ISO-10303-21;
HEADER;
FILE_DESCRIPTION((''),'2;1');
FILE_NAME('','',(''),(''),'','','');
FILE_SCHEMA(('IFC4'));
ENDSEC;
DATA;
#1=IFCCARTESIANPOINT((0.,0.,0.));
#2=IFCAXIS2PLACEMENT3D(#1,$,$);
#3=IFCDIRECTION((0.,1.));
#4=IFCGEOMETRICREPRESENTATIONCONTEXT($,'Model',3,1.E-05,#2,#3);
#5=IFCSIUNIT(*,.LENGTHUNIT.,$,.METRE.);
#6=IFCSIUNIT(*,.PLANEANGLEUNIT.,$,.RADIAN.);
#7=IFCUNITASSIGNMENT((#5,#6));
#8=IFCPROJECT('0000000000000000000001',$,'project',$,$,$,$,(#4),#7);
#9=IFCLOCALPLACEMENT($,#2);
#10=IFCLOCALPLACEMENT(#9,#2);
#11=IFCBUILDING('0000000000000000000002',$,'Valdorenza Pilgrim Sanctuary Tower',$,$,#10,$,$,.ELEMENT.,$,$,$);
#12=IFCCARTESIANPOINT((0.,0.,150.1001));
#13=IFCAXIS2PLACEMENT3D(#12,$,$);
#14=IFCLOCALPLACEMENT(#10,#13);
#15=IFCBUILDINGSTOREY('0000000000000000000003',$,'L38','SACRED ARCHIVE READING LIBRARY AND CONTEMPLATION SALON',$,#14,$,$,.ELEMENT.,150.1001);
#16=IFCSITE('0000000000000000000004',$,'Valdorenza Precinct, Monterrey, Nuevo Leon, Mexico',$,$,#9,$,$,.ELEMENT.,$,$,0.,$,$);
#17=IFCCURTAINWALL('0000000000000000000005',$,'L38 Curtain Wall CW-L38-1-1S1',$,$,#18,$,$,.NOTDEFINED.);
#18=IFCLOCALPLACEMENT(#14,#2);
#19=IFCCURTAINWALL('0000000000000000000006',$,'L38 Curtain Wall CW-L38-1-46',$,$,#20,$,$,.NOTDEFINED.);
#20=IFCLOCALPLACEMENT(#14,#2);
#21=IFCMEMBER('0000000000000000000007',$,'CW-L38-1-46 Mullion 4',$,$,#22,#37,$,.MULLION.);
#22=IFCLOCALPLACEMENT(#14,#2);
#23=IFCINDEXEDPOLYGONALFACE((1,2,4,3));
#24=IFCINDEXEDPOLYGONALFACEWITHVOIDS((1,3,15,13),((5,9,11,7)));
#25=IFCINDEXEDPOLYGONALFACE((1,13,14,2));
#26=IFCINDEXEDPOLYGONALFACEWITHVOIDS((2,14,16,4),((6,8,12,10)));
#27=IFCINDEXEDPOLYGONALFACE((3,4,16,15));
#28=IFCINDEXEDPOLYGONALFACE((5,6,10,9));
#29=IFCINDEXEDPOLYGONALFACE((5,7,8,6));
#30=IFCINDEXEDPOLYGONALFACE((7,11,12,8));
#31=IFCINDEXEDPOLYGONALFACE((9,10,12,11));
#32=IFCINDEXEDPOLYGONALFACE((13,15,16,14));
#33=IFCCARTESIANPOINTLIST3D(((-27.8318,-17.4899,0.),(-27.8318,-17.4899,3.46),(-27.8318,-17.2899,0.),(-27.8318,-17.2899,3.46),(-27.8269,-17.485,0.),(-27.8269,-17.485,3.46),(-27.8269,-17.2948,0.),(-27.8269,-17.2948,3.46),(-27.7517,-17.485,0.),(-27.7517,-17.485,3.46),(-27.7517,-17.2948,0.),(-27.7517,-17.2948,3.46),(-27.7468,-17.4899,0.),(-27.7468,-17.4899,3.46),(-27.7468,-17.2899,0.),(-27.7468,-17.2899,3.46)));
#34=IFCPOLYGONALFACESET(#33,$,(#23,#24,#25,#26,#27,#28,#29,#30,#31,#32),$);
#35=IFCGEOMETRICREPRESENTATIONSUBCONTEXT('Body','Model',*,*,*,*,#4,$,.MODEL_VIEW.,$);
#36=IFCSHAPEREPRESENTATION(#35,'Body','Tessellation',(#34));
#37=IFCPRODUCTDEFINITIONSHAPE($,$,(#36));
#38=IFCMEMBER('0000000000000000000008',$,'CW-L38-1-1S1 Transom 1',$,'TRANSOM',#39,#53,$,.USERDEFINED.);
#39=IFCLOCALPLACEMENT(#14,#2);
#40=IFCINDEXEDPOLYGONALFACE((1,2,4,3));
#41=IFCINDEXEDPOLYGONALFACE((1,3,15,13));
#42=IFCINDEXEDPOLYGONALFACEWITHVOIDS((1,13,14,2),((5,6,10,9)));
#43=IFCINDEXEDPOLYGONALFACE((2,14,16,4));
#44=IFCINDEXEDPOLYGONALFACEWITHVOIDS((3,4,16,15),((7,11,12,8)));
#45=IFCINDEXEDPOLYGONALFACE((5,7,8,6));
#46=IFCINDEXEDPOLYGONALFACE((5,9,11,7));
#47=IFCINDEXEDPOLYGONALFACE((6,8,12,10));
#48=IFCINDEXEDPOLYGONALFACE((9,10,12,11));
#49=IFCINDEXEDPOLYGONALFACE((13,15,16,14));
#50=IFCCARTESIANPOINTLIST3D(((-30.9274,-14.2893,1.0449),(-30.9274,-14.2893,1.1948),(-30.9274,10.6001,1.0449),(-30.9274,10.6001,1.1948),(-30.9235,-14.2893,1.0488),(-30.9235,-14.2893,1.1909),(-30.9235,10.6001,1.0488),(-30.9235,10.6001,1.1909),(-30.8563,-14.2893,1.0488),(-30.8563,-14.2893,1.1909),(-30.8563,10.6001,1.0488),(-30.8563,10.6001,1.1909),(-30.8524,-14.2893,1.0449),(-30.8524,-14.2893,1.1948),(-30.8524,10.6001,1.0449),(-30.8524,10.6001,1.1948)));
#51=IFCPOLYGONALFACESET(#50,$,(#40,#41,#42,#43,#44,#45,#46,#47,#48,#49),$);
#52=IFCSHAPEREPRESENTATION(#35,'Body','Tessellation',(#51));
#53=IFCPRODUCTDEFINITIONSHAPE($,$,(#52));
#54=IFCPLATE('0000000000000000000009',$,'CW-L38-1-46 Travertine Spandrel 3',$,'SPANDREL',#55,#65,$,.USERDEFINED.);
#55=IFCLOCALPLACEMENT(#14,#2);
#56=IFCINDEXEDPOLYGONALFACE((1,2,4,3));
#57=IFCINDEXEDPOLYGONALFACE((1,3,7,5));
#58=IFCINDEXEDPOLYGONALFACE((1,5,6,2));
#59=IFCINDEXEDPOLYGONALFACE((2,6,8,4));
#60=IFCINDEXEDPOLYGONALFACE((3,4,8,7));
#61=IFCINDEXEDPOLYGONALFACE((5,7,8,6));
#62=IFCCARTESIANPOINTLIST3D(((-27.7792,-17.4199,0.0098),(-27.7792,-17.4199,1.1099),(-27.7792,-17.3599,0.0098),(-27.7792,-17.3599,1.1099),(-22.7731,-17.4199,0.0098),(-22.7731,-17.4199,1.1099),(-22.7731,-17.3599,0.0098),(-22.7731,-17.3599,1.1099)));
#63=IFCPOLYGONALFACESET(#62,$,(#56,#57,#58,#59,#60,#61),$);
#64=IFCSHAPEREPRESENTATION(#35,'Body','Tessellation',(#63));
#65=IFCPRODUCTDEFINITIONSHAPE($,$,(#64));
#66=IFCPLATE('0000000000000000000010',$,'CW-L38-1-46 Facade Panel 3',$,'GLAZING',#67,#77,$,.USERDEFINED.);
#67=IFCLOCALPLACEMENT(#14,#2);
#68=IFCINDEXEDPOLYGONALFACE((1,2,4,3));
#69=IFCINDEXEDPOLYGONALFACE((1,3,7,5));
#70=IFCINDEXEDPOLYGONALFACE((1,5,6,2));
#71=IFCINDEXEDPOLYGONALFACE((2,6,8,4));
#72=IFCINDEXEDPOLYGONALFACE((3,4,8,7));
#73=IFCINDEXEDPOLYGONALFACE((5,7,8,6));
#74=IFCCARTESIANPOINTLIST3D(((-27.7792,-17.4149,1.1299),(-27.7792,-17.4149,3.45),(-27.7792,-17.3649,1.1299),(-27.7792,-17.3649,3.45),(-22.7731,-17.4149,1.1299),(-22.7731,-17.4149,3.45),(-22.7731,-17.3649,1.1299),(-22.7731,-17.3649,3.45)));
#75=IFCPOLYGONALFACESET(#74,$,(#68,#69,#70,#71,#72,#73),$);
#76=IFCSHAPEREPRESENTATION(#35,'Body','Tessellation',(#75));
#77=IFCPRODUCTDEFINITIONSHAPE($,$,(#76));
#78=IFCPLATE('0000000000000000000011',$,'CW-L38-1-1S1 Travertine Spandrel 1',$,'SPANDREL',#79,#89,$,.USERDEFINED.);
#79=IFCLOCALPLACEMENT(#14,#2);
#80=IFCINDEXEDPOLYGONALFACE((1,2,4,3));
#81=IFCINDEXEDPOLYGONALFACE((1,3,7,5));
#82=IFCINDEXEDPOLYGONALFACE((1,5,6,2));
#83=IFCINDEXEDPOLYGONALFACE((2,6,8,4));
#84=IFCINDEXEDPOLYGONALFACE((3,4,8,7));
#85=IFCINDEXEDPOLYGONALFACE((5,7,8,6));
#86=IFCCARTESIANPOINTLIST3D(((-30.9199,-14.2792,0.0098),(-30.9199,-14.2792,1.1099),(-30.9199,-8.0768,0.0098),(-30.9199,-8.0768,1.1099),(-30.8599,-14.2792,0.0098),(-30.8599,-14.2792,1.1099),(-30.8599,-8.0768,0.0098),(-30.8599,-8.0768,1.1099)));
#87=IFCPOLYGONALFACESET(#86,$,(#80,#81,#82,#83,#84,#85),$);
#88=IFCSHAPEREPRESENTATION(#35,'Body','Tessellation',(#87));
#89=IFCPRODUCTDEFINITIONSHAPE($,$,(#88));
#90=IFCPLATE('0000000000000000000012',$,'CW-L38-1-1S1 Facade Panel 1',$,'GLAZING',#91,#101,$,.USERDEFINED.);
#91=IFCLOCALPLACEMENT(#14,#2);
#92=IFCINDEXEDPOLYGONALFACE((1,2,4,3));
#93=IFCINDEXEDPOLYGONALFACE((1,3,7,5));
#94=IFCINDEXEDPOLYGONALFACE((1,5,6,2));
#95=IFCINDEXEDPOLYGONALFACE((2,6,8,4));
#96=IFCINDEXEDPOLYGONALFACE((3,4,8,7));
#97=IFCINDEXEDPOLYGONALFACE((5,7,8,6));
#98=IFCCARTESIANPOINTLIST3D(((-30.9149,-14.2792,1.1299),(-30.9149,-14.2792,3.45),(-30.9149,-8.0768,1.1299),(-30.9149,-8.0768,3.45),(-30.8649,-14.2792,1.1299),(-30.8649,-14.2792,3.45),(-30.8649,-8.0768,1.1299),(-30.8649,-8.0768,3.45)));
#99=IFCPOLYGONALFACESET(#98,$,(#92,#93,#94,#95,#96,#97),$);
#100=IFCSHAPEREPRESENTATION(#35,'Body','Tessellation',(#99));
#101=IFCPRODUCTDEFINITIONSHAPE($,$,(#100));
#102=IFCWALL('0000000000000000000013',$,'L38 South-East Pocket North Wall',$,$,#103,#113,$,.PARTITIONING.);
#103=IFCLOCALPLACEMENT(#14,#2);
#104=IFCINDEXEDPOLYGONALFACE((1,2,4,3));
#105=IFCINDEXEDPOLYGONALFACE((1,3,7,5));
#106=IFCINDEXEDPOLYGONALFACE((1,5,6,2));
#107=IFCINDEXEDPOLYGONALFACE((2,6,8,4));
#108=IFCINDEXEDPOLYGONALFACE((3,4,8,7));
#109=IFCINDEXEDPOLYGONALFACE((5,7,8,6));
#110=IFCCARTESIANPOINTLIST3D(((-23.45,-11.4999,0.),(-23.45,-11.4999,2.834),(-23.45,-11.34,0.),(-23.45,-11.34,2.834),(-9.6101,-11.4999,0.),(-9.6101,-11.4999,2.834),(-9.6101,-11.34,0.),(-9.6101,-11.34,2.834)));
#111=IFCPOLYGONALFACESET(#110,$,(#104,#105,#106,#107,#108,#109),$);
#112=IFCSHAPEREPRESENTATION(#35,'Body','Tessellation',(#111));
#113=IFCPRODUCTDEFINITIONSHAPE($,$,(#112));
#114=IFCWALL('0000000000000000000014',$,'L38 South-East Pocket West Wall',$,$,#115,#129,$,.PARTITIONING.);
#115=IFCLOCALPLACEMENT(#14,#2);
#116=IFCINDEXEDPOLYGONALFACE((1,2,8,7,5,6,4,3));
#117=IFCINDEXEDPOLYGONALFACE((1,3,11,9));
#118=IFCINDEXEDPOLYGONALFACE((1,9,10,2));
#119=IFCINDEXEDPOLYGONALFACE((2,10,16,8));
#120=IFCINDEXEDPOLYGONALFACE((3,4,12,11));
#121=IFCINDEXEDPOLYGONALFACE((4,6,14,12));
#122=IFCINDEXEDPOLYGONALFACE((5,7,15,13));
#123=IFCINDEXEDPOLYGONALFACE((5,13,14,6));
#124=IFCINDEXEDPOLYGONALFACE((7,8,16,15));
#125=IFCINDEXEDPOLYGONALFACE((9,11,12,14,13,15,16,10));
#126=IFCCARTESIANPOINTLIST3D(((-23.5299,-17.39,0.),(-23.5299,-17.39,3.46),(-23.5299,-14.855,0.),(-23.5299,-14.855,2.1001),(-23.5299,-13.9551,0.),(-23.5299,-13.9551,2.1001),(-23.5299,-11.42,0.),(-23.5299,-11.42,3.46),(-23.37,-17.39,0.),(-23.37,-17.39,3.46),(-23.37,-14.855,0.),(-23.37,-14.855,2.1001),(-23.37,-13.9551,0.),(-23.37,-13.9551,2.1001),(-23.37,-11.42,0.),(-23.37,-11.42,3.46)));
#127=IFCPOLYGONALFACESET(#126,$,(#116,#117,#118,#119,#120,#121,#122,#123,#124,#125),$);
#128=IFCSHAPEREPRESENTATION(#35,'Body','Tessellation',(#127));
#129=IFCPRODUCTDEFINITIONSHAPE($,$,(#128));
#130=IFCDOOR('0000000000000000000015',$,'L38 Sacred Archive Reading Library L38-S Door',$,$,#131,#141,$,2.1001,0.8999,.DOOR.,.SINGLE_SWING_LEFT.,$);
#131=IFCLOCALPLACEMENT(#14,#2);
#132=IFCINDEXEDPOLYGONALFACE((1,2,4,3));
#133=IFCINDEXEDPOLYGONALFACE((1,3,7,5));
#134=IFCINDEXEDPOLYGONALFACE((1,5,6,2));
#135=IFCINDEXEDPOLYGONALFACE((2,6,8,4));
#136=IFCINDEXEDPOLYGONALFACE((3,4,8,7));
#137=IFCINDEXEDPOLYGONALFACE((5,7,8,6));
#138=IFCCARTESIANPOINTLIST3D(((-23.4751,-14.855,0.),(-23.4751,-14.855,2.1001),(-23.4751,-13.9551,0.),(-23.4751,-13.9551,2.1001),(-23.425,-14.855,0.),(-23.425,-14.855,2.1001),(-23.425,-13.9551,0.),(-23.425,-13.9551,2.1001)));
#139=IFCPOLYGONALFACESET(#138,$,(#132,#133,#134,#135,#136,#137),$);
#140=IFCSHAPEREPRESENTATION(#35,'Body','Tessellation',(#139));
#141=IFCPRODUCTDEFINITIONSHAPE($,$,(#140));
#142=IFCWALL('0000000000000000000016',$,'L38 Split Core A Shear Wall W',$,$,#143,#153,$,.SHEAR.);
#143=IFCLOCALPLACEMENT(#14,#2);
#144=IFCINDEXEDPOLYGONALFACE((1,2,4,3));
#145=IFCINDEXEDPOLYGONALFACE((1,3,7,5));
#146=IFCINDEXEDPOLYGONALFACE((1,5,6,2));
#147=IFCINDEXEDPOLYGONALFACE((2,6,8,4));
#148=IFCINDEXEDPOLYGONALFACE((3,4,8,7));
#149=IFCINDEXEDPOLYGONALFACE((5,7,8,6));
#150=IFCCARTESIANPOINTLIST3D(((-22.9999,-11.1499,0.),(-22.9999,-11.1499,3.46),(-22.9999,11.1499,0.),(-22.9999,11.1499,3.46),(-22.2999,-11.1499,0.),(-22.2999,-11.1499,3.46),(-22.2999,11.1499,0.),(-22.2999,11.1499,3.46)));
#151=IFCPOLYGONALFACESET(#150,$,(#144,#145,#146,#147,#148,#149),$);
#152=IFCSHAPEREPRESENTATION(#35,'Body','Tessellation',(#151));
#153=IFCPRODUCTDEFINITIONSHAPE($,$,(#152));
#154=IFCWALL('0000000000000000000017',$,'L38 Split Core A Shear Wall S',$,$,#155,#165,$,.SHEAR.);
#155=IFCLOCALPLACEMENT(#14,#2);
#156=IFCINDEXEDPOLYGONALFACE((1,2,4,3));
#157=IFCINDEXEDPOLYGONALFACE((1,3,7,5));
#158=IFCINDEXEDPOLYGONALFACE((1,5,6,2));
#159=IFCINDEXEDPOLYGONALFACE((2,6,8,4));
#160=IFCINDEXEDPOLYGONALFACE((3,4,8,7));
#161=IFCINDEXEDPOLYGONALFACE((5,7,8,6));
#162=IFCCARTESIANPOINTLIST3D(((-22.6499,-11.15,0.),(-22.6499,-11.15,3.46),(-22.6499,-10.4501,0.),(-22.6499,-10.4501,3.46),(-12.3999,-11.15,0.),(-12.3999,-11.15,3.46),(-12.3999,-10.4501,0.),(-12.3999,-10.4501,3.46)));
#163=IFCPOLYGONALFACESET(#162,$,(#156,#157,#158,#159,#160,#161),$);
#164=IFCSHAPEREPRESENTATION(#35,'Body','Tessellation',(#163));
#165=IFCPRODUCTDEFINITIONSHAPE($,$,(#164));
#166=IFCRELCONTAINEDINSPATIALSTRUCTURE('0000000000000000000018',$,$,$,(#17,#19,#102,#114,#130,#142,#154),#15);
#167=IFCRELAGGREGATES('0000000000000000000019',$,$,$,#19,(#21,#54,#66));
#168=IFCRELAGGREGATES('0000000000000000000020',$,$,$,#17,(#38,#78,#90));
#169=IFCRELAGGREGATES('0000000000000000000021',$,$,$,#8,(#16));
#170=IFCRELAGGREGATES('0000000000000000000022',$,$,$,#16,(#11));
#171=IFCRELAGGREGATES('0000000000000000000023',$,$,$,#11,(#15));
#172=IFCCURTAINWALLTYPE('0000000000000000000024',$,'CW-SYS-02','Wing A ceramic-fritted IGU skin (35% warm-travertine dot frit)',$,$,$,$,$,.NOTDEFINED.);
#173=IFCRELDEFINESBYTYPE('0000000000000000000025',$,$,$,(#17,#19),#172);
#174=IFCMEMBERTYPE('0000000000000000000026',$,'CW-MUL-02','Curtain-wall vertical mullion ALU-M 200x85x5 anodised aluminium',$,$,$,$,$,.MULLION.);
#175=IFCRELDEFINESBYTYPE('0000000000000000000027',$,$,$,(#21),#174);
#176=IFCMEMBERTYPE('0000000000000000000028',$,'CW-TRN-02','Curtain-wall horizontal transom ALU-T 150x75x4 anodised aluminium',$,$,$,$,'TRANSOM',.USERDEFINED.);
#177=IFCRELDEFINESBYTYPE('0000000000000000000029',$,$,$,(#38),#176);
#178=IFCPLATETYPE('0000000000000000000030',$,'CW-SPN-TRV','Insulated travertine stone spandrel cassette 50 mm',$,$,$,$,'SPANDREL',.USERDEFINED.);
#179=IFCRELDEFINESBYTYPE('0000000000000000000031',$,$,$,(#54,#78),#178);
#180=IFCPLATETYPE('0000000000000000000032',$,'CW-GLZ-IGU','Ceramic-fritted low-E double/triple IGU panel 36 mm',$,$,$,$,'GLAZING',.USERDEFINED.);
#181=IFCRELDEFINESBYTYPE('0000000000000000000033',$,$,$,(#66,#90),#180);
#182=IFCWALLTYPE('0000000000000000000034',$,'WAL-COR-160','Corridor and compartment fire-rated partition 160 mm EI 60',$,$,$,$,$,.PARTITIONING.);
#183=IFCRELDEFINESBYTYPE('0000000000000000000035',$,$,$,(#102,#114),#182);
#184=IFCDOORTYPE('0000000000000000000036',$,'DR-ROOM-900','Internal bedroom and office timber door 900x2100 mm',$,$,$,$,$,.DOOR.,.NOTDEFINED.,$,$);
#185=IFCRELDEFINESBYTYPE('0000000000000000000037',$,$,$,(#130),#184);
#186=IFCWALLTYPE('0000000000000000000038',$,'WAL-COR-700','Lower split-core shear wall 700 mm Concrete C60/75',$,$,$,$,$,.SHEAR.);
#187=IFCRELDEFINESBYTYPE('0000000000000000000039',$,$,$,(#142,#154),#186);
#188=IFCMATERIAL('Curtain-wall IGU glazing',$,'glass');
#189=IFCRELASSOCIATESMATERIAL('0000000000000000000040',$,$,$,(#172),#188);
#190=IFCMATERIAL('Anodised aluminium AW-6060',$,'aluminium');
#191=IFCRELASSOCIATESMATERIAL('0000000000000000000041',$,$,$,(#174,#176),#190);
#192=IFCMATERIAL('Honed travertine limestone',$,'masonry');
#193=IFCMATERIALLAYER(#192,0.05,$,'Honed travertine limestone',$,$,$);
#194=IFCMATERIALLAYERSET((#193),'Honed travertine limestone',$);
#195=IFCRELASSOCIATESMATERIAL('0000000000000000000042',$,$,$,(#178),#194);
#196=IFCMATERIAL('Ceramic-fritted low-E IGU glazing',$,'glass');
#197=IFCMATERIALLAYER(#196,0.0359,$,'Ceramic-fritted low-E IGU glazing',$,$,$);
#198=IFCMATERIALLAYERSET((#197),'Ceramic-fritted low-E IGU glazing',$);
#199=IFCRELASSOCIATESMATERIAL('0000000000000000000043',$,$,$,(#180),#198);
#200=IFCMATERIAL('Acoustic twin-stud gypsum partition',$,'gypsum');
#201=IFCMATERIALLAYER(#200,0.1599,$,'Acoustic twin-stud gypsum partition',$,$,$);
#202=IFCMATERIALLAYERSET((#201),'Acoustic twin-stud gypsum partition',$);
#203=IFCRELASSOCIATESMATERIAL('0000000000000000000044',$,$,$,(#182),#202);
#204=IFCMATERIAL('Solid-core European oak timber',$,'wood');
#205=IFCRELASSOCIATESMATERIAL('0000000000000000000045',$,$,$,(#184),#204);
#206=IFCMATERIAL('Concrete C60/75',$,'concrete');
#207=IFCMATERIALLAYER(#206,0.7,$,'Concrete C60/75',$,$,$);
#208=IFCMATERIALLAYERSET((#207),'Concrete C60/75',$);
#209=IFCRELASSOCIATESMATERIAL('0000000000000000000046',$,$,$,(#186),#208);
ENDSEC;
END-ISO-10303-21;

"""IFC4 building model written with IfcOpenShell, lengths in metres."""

from ifc_helpers import new_model, si_unit, direction, frame, frame_2d, origin, origin_2d, place, context, subcontext, project, spatial, rectangle, hollow_rectangle, extrude, source, transform, mapped, material, layer, layer_set, material_profile, profile_set, type_object, element, fill, aggregate, save


model = new_model("IFC4")

# Units and contexts
model_context = context("Model", 3, precision=1e-05, world=origin(), true_north=direction((0.0, 1.0)))
body_context = subcontext(model_context, "Body", "Model", "MODEL_VIEW")
ifc_project = project(units=[si_unit("LENGTHUNIT", "METRE"), si_unit("PLANEANGLEUNIT", "RADIAN")], contexts=[model_context])

# Site, building, storey
site_placement = place(None, origin())
site = spatial("IfcSite", under=ifc_project, at=site_placement, Name="Valdorenza Precinct, Monterrey, Nuevo Leon, Mexico", CompositionType="ELEMENT", RefElevation=0.0)
building_placement = place(site_placement, origin())
building = spatial("IfcBuilding", under=site, at=building_placement, Name="Valdorenza Pilgrim Sanctuary Tower", CompositionType="ELEMENT")
storey_placement = place(building_placement, frame((0.0, 0.0, 150.1001)))
storey = spatial("IfcBuildingStorey", under=building, at=storey_placement, Name="L38", Description="SACRED ARCHIVE READING LIBRARY AND CONTEMPLATION SALON", CompositionType="ELEMENT", Elevation=150.1001)

# Shared definitions
ifc_material_1 = material(Name="Concrete C60/75", Category="concrete")

# Curtain wall
ifc_material_2 = material(Name="Curtain-wall IGU glazing", Category="glass")
curtain_wall_type = type_object("IfcCurtainWallType", Name="CW-SYS-02", Description="Wing A ceramic-fritted IGU skin (35% warm-travertine dot frit)", PredefinedType="NOTDEFINED", material=ifc_material_2)
curtain_wall_1_placement = place(storey_placement, origin())
curtain_wall_1 = element("IfcCurtainWall", 1, at=curtain_wall_1_placement, inside=storey, type_object=curtain_wall_type, Name="L38 Curtain Wall CW-L38-1-1S1", PredefinedType="NOTDEFINED")
ifc_material_3 = material(Name="Anodised aluminium AW-6060", Category="aluminium")
ifc_material_profile_1 = material_profile(ifc_material_3, hollow_rectangle(XDim=0.085, YDim=0.2, WallThickness=0.0049, at=origin_2d()), Name="ALU-M 200x85x5")
ifc_profile_set_1 = profile_set([ifc_material_profile_1], Name="Anodised aluminium AW-6060")
member_type_1 = type_object("IfcMemberType", Name="CW-MUL-02", Description="Curtain-wall vertical mullion ALU-M 200x85x5 anodised aluminium", PredefinedType="MULLION", material=ifc_profile_set_1)
shared_shape_1 = source(origin(), body_context, "Body", "SweptSolid", [
    extrude(hollow_rectangle(XDim=0.085, YDim=0.2, WallThickness=0.0049, at=origin_2d()), origin(), (0.0, 0.0, 1.0), 3.46),
])

# Curtain wall, member
curtain_wall_2_placement = place(storey_placement, origin())
curtain_wall_2 = element("IfcCurtainWall", 2, at=curtain_wall_2_placement, inside=storey, type_object=curtain_wall_type, Name="L38 Curtain Wall CW-L38-1-46", PredefinedType="NOTDEFINED")
member_1_placement = place(storey_placement, frame((-27.7893, -17.3899, 0.0), z_axis=(0.0, 0.0, 1.0), x_axis=(-1.0, 0.0, 0.0)))
member_1 = element("IfcMember", 3, at=member_1_placement, type_object=member_type_1, Name="CW-L38-1-46 Mullion 4", PredefinedType="MULLION", context=body_context, shape_type="MappedRepresentation", body=[
    mapped(shared_shape_1, transform((0.0, 0.0, 0.0), x_axis=(1.0, 0.0, 0.0), y_axis=(0.0, 1.0, 0.0), z_axis=(0.0, 0.0, 1.0), scale=1.0)),
])

# Member
ifc_material_profile_2 = material_profile(ifc_material_3, hollow_rectangle(XDim=0.075, YDim=0.1499, WallThickness=0.0039, at=origin_2d()), Name="ALU-T 150x75x4")
ifc_profile_set_2 = profile_set([ifc_material_profile_2], Name="Anodised aluminium AW-6060")
member_type_2 = type_object("IfcMemberType", Name="CW-TRN-02", Description="Curtain-wall horizontal transom ALU-T 150x75x4 anodised aluminium", ElementType="TRANSOM", PredefinedType="USERDEFINED", material=ifc_profile_set_2)
shared_shape_2 = source(origin(), body_context, "Body", "SweptSolid", [
    extrude(hollow_rectangle(XDim=0.075, YDim=0.1499, WallThickness=0.0039, at=origin_2d()), origin(), (0.0, 0.0, 1.0), 24.8894),
])
member_2_placement = place(storey_placement, frame((-30.8899, -14.2893, 1.1199), z_axis=(0.0, 1.0, 0.0), x_axis=(-1.0, 0.0, 0.0)))
member_2 = element("IfcMember", 4, at=member_2_placement, type_object=member_type_2, Name="CW-L38-1-1S1 Transom 1", ObjectType="TRANSOM", PredefinedType="USERDEFINED", context=body_context, shape_type="MappedRepresentation", body=[
    mapped(shared_shape_2, transform((0.0, 0.0, 0.0), x_axis=(1.0, 0.0, 0.0), y_axis=(0.0, 1.0, 0.0), z_axis=(0.0, 0.0, 1.0), scale=1.0)),
])

# Plates
ifc_material_4 = material(Name="Honed travertine limestone", Category="masonry")
ifc_layer_1 = layer(ifc_material_4, 0.05, Name="Honed travertine limestone")
ifc_layer_set_1 = layer_set([ifc_layer_1], Name="Honed travertine limestone")
plate_type_1 = type_object("IfcPlateType", Name="CW-SPN-TRV", Description="Insulated travertine stone spandrel cassette 50 mm", ElementType="SPANDREL", PredefinedType="USERDEFINED", material=ifc_layer_set_1)
shared_shape_3 = source(origin(), body_context, "Body", "SweptSolid", [
    extrude(rectangle(XDim=5.0061, YDim=0.0601, at=origin_2d()), origin(), (0.0, 0.0, 1.0), 1.1001),
])
plate_1_placement = place(storey_placement, frame((-25.2761, -17.3899, 0.0098), z_axis=(0.0, 0.0, 1.0), x_axis=(-1.0, 0.0, 0.0)))
plate_1 = element("IfcPlate", 5, at=plate_1_placement, type_object=plate_type_1, Name="CW-L38-1-46 Travertine Spandrel 3", ObjectType="SPANDREL", PredefinedType="USERDEFINED", context=body_context, shape_type="MappedRepresentation", body=[
    mapped(shared_shape_3, transform((0.0, 0.0, 0.0), x_axis=(1.0, 0.0, 0.0), y_axis=(0.0, 1.0, 0.0), z_axis=(0.0, 0.0, 1.0), scale=1.0)),
])
ifc_material_5 = material(Name="Ceramic-fritted low-E IGU glazing", Category="glass")
ifc_layer_2 = layer(ifc_material_5, 0.0359, Name="Ceramic-fritted low-E IGU glazing")
ifc_layer_set_2 = layer_set([ifc_layer_2], Name="Ceramic-fritted low-E IGU glazing")
plate_type_2 = type_object("IfcPlateType", Name="CW-GLZ-IGU", Description="Ceramic-fritted low-E double/triple IGU panel 36 mm", ElementType="GLAZING", PredefinedType="USERDEFINED", material=ifc_layer_set_2)
shared_shape_4 = source(origin(), body_context, "Body", "SweptSolid", [
    extrude(rectangle(XDim=5.0061, YDim=0.05, at=origin_2d()), origin(), (0.0, 0.0, 1.0), 2.3201),
])
plate_2_placement = place(storey_placement, frame((-25.2761, -17.3899, 1.1299), z_axis=(0.0, 0.0, 1.0), x_axis=(-1.0, 0.0, 0.0)))
plate_2 = element("IfcPlate", 6, at=plate_2_placement, type_object=plate_type_2, Name="CW-L38-1-46 Facade Panel 3", ObjectType="GLAZING", PredefinedType="USERDEFINED", context=body_context, shape_type="MappedRepresentation", body=[
    mapped(shared_shape_4, transform((0.0, 0.0, 0.0), x_axis=(1.0, 0.0, 0.0), y_axis=(0.0, 1.0, 0.0), z_axis=(0.0, 0.0, 1.0), scale=1.0)),
])
aggregate(curtain_wall_2, [member_1, plate_1, plate_2])
shared_shape_5 = source(origin(), body_context, "Body", "SweptSolid", [
    extrude(rectangle(XDim=6.2024, YDim=0.0601, at=origin_2d()), origin(), (0.0, 0.0, 1.0), 1.1001),
])
plate_3_placement = place(storey_placement, frame((-30.8899, -11.178, 0.0098), z_axis=(0.0, 0.0, 1.0), x_axis=(0.0, 1.0, 0.0)))
plate_3 = element("IfcPlate", 7, at=plate_3_placement, type_object=plate_type_1, Name="CW-L38-1-1S1 Travertine Spandrel 1", ObjectType="SPANDREL", PredefinedType="USERDEFINED", context=body_context, shape_type="MappedRepresentation", body=[
    mapped(shared_shape_5, transform((0.0, 0.0, 0.0), x_axis=(1.0, 0.0, 0.0), y_axis=(0.0, 1.0, 0.0), z_axis=(0.0, 0.0, 1.0), scale=1.0)),
])
shared_shape_6 = source(origin(), body_context, "Body", "SweptSolid", [
    extrude(rectangle(XDim=6.2024, YDim=0.05, at=origin_2d()), origin(), (0.0, 0.0, 1.0), 2.3201),
])
plate_4_placement = place(storey_placement, frame((-30.8899, -11.178, 1.1299), z_axis=(0.0, 0.0, 1.0), x_axis=(0.0, 1.0, 0.0)))
plate_4 = element("IfcPlate", 8, at=plate_4_placement, type_object=plate_type_2, Name="CW-L38-1-1S1 Facade Panel 1", ObjectType="GLAZING", PredefinedType="USERDEFINED", context=body_context, shape_type="MappedRepresentation", body=[
    mapped(shared_shape_6, transform((0.0, 0.0, 0.0), x_axis=(1.0, 0.0, 0.0), y_axis=(0.0, 1.0, 0.0), z_axis=(0.0, 0.0, 1.0), scale=1.0)),
])
aggregate(curtain_wall_1, [member_2, plate_3, plate_4])

# Wall
ifc_material_6 = material(Name="Acoustic twin-stud gypsum partition", Category="gypsum")
ifc_layer_3 = layer(ifc_material_6, 0.1599, Name="Acoustic twin-stud gypsum partition")
ifc_layer_set_3 = layer_set([ifc_layer_3], Name="Acoustic twin-stud gypsum partition")
wall_type_1 = type_object("IfcWallType", Name="WAL-COR-160", Description="Corridor and compartment fire-rated partition 160 mm EI 60", PredefinedType="PARTITIONING", material=ifc_layer_set_3)
wall_1_placement = place(storey_placement, frame((-23.45, -11.4199, 0.0), z_axis=(0.0, 0.0, 1.0), x_axis=(1.0, 0.0, 0.0)))
element("IfcWall", 9, at=wall_1_placement, inside=storey, type_object=wall_type_1, Name="L38 South-East Pocket North Wall", PredefinedType="PARTITIONING", context=body_context, shape_type="SweptSolid", body=[
    extrude(rectangle(XDim=13.8398, YDim=0.1599, at=frame_2d((6.9199, 0.0))), origin(), (0.0, 0.0, 1.0), 2.834),
])

# Wall, opening, door
wall_2_placement = place(storey_placement, frame((-23.45, -17.3899, 0.0), z_axis=(0.0, 0.0, 1.0), x_axis=(0.0, 1.0, 0.0)))
wall_2 = element("IfcWall", 10, at=wall_2_placement, inside=storey, type_object=wall_type_1, Name="L38 South-East Pocket West Wall", PredefinedType="PARTITIONING", context=body_context, shape_type="SweptSolid", body=[
    extrude(rectangle(XDim=5.97, YDim=0.1599, at=frame_2d((2.9849, 0.0))), origin(), (0.0, 0.0, 1.0), 3.46),
])
opening_1_placement = place(wall_2_placement, frame((2.5349, 0.0, 0.0)))
opening_1 = element("IfcOpeningElement", 11, at=opening_1_placement, cuts=wall_2, PredefinedType="OPENING", context=body_context, shape_type="SweptSolid", body=[
    extrude(rectangle(XDim=0.8999, YDim=2.1001, at=frame_2d((0.45, 1.05))), frame((0.0, 0.0947, 0.0), z_axis=(0.0, -1.0, 0.0), x_axis=(1.0, 0.0, 0.0)), (0.0, 0.0, 1.0), 0.1897),
])
ifc_material_7 = material(Name="Solid-core European oak timber", Category="wood")
door_type = type_object("IfcDoorType", Name="DR-ROOM-900", Description="Internal bedroom and office timber door 900x2100 mm", OperationType="NOTDEFINED", PredefinedType="DOOR", material=ifc_material_7)
door_1_placement = place(opening_1_placement, frame((0.8999, 0.0, 0.0), z_axis=(0.0, 0.0, 1.0), x_axis=(-1.0, 0.0, 0.0)))
door_1 = element("IfcDoor", 12, at=door_1_placement, inside=storey, type_object=door_type, Name="L38 Sacred Archive Reading Library L38-S Door", OperationType="SINGLE_SWING_LEFT", OverallHeight=2.1001, OverallWidth=0.8999, PredefinedType="DOOR", context=body_context, shape_type="SweptSolid", body=[
    extrude(rectangle(XDim=0.8999, YDim=2.1001, at=frame_2d((0.45, 1.05))), frame((0.0, 0.0249, 0.0), z_axis=(0.0, -1.0, 0.0), x_axis=(1.0, 0.0, 0.0)), (0.0, 0.0, 1.0), 0.05),
])
fill(opening_1, door_1)

# Walls
ifc_layer_4 = layer(ifc_material_1, 0.7, Name="Concrete C60/75")
ifc_layer_set_4 = layer_set([ifc_layer_4], Name="Concrete C60/75")
wall_type_2 = type_object("IfcWallType", Name="WAL-COR-700", Description="Lower split-core shear wall 700 mm Concrete C60/75", PredefinedType="SHEAR", material=ifc_layer_set_4)
wall_3_placement = place(storey_placement, frame((-22.6499, -11.1499, 0.0), z_axis=(0.0, 0.0, 1.0), x_axis=(0.0, 1.0, 0.0)))
element("IfcWall", 13, at=wall_3_placement, inside=storey, type_object=wall_type_2, Name="L38 Split Core A Shear Wall W", PredefinedType="SHEAR", context=body_context, shape_type="SweptSolid", body=[
    extrude(rectangle(XDim=22.2998, YDim=0.7, at=frame_2d((11.1499, 0.0))), origin(), (0.0, 0.0, 1.0), 3.46),
])
wall_4_placement = place(storey_placement, frame((-22.6499, -10.8, 0.0), z_axis=(0.0, 0.0, 1.0), x_axis=(1.0, 0.0, 0.0)))
element("IfcWall", 14, at=wall_4_placement, inside=storey, type_object=wall_type_2, Name="L38 Split Core A Shear Wall S", PredefinedType="SHEAR", context=body_context, shape_type="SweptSolid", body=[
    extrude(rectangle(XDim=10.25, YDim=0.7, at=frame_2d((5.125, 0.0))), origin(), (0.0, 0.0, 1.0), 3.46),
])

save(model, "model.ifc")
